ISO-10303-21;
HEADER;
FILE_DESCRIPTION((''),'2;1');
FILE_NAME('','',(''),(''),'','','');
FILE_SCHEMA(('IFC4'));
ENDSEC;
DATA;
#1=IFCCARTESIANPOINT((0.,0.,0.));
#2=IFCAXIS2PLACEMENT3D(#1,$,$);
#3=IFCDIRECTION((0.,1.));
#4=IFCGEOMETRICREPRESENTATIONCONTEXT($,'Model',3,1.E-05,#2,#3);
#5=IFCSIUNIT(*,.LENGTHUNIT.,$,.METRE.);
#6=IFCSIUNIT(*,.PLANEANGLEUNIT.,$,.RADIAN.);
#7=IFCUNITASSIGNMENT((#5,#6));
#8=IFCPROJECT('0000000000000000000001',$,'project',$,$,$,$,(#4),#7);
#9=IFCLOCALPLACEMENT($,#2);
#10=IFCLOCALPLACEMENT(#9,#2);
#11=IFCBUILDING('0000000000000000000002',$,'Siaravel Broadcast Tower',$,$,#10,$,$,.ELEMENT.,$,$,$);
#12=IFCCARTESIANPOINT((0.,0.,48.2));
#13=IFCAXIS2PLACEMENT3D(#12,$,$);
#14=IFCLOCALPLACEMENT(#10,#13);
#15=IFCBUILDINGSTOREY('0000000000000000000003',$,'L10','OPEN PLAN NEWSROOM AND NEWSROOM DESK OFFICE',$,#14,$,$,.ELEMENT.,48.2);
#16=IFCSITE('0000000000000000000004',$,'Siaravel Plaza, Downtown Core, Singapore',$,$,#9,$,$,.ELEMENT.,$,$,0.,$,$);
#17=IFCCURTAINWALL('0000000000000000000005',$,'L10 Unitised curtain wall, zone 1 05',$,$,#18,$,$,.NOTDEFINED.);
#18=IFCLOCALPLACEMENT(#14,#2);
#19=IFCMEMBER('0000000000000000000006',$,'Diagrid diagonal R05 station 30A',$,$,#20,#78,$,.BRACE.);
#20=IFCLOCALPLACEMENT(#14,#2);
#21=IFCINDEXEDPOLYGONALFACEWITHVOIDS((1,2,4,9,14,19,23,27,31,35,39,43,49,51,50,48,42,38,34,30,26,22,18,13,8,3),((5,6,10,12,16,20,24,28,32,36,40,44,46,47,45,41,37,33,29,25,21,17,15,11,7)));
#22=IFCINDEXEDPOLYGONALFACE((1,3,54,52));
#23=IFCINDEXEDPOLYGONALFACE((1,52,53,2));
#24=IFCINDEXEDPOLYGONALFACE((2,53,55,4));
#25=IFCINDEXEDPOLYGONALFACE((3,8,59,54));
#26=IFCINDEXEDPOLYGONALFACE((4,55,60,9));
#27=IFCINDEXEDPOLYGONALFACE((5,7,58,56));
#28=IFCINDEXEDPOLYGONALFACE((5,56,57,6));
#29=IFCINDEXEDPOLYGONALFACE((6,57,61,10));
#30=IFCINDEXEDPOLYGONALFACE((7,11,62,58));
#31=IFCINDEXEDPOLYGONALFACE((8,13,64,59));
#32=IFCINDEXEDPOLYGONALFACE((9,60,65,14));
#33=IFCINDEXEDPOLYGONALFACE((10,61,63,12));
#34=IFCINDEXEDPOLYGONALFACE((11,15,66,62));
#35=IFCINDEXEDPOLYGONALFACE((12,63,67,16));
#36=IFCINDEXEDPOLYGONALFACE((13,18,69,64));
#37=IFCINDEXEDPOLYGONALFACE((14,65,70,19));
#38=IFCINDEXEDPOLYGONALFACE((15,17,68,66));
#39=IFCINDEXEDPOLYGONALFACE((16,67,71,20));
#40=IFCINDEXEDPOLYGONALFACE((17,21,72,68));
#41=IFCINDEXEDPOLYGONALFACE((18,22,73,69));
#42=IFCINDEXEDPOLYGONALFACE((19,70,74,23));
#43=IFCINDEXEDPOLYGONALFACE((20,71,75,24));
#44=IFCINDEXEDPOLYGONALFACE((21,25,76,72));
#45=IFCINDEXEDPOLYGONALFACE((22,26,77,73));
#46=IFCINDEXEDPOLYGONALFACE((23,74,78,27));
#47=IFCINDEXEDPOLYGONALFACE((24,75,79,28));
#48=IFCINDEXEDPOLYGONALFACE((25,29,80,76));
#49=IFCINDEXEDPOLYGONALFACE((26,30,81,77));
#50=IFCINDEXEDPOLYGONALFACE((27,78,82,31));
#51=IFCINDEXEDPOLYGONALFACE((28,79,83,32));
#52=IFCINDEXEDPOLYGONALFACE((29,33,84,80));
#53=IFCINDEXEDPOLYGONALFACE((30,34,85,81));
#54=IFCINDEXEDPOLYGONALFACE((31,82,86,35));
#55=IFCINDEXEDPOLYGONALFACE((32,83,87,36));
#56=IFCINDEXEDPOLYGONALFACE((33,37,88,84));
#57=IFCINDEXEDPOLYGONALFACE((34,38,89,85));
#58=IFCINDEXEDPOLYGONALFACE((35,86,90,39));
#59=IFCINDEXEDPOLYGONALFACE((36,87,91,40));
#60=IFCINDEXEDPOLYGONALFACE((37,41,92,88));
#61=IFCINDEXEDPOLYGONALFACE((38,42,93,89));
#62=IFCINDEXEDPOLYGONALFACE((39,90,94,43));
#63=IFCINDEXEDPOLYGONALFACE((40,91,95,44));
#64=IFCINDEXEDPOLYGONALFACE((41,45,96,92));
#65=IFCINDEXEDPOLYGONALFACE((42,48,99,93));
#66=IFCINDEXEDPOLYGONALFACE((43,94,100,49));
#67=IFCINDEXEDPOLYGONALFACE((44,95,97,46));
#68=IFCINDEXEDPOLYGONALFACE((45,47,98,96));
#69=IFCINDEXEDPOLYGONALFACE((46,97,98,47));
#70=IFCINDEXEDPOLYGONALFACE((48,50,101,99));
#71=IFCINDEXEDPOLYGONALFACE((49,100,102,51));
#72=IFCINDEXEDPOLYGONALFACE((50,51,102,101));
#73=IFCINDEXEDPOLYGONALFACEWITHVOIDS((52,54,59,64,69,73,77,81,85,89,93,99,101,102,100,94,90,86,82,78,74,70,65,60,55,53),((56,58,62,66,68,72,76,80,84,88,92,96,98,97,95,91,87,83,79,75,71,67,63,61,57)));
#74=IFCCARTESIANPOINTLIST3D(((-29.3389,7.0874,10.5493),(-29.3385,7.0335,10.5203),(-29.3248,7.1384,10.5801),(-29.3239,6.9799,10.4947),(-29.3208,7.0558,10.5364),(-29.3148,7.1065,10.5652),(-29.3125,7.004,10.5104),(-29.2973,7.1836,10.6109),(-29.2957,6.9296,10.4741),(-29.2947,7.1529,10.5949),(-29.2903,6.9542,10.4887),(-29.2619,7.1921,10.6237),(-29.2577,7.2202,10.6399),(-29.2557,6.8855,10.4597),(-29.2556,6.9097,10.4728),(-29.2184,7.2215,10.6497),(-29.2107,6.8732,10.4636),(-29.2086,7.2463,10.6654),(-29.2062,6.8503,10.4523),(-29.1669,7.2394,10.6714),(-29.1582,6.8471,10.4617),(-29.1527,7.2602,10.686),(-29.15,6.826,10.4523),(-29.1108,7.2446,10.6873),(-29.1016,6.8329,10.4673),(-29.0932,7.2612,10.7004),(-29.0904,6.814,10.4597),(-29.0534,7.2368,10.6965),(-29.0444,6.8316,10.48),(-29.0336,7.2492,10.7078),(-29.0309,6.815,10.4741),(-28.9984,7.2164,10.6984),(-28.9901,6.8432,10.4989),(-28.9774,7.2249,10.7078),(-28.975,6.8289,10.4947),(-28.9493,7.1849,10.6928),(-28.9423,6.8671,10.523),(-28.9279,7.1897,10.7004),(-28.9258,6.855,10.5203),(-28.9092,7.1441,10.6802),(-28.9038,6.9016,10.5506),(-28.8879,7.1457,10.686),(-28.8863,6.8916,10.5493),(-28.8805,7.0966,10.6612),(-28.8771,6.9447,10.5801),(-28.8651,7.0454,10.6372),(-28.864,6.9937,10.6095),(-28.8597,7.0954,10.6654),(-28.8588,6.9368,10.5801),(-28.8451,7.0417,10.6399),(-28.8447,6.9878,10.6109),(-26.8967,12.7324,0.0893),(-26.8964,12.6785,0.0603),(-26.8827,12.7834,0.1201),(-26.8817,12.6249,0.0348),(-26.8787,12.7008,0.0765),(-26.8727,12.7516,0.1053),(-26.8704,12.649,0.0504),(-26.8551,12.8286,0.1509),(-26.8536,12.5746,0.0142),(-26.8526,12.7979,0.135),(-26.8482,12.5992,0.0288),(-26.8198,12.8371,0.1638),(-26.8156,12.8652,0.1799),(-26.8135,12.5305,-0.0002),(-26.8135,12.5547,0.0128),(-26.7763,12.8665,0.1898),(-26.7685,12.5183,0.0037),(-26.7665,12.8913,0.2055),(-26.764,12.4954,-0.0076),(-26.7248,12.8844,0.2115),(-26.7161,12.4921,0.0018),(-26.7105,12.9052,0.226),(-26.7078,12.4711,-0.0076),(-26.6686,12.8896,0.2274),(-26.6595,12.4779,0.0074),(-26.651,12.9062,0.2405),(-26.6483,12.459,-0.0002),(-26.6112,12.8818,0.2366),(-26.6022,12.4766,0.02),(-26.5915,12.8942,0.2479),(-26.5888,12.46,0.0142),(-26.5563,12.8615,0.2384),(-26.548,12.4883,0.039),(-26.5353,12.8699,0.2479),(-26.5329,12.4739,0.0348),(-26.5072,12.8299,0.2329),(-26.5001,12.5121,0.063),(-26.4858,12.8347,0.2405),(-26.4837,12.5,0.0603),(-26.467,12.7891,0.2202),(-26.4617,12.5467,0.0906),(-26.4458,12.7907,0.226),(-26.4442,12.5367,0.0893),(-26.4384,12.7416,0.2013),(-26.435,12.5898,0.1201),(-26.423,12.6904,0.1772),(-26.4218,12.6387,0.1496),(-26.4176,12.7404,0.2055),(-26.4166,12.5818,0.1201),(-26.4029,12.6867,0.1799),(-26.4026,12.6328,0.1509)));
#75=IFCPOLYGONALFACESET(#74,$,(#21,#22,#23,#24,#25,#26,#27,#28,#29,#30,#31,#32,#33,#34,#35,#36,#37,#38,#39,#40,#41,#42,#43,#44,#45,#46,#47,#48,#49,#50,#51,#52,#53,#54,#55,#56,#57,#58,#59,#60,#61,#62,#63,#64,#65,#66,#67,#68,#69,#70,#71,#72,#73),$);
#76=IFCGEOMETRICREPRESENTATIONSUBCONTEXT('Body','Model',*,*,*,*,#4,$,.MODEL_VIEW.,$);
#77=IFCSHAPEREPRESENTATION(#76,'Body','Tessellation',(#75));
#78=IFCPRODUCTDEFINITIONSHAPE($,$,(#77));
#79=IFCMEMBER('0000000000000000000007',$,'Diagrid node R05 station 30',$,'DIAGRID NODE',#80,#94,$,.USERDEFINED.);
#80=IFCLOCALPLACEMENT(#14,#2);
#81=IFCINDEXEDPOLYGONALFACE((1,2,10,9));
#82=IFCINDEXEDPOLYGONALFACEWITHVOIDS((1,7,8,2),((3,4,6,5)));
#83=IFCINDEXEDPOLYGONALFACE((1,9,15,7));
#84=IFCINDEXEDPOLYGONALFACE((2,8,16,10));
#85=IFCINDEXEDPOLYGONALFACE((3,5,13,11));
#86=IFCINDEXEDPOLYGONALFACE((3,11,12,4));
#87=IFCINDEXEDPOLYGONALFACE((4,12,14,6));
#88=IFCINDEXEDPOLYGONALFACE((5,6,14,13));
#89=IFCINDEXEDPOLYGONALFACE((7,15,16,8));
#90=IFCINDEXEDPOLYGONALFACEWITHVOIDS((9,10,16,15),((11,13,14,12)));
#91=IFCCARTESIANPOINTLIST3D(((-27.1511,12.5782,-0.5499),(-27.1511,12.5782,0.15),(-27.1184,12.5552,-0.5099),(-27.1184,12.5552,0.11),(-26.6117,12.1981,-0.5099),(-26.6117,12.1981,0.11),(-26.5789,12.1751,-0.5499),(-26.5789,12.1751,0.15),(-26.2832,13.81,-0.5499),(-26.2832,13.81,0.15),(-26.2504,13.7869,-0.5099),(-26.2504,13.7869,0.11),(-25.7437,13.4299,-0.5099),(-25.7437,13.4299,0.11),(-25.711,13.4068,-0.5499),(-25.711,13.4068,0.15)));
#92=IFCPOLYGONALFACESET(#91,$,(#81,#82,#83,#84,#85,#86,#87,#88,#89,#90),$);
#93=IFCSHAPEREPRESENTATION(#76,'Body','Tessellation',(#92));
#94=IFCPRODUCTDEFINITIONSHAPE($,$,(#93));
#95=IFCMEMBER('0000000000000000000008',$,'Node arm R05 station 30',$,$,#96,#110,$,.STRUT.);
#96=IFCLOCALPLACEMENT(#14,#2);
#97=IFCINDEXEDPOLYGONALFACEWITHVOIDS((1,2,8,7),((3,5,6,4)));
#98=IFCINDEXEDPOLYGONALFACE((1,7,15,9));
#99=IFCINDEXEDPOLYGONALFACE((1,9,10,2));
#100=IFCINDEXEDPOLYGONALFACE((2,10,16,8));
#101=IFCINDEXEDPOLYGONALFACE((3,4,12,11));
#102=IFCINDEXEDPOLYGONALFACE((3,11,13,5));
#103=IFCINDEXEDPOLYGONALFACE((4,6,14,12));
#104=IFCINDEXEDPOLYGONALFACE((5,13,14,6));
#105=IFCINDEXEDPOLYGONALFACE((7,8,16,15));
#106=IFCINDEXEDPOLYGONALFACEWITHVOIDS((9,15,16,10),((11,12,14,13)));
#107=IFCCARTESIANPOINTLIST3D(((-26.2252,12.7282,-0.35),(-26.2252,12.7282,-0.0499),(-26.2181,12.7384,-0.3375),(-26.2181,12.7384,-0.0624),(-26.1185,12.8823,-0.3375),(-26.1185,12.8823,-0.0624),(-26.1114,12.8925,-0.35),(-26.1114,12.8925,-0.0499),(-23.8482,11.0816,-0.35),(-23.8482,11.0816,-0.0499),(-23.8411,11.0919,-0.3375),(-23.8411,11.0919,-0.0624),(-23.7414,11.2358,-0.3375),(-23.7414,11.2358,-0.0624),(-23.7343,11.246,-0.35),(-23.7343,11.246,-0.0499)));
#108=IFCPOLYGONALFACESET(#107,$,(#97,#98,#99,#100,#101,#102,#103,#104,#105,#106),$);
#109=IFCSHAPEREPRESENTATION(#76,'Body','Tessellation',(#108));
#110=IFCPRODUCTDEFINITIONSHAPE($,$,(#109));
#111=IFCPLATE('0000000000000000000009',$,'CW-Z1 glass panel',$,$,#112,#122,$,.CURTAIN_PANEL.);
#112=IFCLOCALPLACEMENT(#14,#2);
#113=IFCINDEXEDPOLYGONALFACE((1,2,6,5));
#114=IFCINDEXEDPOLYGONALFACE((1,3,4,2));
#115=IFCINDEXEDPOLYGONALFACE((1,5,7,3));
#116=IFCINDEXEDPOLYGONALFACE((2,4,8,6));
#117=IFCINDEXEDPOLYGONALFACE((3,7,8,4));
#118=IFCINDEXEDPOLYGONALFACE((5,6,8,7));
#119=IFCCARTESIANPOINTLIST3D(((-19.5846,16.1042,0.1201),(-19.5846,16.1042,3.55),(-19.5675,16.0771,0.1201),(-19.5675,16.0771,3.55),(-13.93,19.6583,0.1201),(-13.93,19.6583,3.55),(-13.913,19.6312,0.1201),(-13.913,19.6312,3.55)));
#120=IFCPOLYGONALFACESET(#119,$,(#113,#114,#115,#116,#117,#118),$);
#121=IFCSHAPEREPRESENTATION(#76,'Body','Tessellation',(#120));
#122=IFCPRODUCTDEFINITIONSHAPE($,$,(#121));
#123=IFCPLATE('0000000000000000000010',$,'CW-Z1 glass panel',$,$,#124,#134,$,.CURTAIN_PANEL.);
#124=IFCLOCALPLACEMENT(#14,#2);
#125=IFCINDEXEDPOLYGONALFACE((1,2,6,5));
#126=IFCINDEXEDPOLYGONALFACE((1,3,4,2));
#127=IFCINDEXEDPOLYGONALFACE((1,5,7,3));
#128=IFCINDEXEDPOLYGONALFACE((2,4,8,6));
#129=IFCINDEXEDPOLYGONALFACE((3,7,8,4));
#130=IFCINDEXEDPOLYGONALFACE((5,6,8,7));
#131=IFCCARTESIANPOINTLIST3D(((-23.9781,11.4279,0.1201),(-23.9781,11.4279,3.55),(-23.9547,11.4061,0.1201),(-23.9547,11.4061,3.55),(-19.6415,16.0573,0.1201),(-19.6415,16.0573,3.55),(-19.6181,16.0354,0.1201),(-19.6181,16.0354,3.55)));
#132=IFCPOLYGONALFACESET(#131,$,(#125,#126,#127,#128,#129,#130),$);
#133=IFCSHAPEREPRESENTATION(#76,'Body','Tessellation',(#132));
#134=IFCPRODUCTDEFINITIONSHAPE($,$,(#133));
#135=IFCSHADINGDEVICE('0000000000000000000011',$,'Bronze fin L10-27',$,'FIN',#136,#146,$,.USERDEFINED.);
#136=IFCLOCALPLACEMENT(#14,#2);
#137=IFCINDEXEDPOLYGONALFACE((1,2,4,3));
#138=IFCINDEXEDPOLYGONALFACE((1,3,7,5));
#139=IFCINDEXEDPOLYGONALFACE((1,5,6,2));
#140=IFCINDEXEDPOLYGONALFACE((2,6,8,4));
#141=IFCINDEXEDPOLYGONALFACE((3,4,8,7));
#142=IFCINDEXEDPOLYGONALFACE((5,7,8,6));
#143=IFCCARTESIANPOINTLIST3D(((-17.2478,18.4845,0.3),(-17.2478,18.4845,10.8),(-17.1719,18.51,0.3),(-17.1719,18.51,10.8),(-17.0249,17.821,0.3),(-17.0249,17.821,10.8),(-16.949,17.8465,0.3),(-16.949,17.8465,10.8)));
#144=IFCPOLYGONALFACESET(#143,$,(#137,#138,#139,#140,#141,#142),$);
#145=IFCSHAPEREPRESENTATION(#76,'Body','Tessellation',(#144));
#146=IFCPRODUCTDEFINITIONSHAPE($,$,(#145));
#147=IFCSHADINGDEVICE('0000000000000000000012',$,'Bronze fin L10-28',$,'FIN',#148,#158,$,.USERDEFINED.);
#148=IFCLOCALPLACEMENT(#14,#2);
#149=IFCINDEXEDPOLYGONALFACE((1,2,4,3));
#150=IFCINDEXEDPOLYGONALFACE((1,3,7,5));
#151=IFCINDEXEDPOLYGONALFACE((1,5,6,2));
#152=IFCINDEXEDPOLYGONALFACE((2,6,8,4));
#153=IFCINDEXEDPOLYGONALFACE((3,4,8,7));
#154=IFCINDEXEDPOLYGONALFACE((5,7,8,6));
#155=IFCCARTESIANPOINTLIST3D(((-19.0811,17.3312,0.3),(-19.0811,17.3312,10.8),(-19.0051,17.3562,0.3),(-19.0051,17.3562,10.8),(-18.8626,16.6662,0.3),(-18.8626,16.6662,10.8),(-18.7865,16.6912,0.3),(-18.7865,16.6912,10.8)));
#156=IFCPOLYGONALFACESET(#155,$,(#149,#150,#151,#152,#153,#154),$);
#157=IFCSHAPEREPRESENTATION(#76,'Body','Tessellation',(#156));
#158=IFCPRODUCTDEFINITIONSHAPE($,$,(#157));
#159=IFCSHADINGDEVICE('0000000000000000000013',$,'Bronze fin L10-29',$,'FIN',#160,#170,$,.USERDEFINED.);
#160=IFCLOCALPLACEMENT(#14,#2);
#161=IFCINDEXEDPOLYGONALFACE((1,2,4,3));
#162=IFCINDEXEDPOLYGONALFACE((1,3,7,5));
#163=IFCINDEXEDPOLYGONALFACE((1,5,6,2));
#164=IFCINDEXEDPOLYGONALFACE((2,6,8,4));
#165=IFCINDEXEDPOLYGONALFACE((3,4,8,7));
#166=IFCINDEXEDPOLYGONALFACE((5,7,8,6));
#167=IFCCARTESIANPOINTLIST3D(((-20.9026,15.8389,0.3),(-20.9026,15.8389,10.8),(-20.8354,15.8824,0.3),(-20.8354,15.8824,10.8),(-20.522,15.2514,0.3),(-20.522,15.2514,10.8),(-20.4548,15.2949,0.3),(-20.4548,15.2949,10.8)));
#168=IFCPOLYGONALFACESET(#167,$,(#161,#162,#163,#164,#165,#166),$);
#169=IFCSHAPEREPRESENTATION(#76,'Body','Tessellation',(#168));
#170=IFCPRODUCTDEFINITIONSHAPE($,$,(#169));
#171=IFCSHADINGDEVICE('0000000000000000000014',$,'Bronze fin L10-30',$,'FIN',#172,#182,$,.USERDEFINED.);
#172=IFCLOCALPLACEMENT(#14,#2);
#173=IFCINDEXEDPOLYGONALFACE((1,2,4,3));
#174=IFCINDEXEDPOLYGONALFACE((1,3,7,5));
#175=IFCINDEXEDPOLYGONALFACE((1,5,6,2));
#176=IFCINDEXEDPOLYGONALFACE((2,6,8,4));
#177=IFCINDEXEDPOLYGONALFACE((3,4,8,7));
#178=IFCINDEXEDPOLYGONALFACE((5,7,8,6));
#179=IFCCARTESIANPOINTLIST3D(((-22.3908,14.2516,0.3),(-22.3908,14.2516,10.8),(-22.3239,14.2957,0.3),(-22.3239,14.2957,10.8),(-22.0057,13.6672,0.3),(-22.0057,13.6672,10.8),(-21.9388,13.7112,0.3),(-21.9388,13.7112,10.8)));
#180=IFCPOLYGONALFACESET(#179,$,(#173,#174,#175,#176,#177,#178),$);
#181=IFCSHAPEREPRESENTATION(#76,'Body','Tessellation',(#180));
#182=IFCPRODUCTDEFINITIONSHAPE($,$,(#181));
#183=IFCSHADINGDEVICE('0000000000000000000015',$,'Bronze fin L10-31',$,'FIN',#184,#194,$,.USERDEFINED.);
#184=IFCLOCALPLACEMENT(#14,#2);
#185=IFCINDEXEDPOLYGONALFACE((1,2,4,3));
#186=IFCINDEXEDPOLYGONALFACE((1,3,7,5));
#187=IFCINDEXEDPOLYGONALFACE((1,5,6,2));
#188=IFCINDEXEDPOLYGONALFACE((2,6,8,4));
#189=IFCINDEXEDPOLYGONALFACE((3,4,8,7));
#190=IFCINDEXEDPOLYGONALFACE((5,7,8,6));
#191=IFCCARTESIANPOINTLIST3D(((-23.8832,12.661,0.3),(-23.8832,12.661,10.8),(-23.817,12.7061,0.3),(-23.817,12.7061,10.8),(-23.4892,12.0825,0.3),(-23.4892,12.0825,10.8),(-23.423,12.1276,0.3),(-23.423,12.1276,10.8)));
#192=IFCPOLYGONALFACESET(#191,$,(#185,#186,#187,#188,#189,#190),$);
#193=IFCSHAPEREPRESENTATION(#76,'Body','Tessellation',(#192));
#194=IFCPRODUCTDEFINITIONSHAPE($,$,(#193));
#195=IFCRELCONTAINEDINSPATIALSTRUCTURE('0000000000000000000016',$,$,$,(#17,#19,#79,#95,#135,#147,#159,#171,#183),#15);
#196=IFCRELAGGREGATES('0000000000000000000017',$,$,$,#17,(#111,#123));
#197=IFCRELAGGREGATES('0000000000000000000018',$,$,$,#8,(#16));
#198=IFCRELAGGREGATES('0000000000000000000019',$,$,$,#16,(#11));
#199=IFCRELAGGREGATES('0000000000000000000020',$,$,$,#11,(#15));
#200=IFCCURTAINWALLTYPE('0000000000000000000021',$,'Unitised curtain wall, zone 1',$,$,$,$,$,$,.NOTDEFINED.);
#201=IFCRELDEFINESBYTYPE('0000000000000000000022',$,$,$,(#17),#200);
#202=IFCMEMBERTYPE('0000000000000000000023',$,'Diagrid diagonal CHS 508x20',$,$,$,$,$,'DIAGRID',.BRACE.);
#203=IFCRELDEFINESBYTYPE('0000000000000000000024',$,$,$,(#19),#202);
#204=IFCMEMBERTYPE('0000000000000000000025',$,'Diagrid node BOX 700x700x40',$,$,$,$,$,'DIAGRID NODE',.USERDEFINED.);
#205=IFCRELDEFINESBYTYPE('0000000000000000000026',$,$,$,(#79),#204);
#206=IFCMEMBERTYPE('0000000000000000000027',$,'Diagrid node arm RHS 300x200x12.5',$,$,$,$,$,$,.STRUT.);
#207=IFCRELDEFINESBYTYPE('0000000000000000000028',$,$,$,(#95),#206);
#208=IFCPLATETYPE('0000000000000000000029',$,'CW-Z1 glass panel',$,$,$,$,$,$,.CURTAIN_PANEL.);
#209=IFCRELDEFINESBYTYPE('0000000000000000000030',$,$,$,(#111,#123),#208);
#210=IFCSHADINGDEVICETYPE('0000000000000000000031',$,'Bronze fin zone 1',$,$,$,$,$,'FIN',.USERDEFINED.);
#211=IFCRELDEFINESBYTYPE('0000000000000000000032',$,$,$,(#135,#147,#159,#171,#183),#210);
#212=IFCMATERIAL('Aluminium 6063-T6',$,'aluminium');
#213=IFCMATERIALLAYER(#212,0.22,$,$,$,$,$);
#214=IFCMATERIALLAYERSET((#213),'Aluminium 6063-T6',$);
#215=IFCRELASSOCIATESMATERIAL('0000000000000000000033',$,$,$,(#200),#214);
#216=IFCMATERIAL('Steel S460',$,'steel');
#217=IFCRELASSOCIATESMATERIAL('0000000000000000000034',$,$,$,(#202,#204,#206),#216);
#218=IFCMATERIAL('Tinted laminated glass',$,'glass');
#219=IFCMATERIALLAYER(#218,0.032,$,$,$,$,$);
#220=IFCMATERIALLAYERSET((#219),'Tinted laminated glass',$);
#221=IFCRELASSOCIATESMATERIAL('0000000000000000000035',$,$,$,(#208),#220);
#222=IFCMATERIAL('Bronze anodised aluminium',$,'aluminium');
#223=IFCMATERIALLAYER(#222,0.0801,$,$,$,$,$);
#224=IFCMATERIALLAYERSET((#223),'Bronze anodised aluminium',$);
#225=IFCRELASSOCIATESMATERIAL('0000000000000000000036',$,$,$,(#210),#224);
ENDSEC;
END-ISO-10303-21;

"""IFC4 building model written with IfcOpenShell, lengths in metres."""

from ifc_helpers import new_model, si_unit, direction, frame, origin, origin_2d, place, context, subcontext, project, spatial, rectangle, hollow_rectangle, hollow_circle, extrude, material, layer, layer_set, material_profile, profile_set, type_object, element, aggregate, save


model = new_model("IFC4")

# Units and contexts
model_context = context("Model", 3, precision=1e-05, world=origin(), true_north=direction((0.0, 1.0)))
body_context = subcontext(model_context, "Body", "Model", "MODEL_VIEW")
ifc_project = project(units=[si_unit("LENGTHUNIT", "METRE"), si_unit("PLANEANGLEUNIT", "RADIAN")], contexts=[model_context])

# Site, building, storey
site_placement = place(None, origin())
site = spatial("IfcSite", under=ifc_project, at=site_placement, Name="Siaravel Plaza, Downtown Core, Singapore", CompositionType="ELEMENT", RefElevation=0.0)
building_placement = place(site_placement, origin())
building = spatial("IfcBuilding", under=site, at=building_placement, Name="Siaravel Broadcast Tower", CompositionType="ELEMENT")
storey_placement = place(building_placement, frame((0.0, 0.0, 48.2)))
storey = spatial("IfcBuildingStorey", under=building, at=storey_placement, Name="L10", Description="OPEN PLAN NEWSROOM AND NEWSROOM DESK OFFICE", CompositionType="ELEMENT", Elevation=48.2)

# Curtain wall
ifc_material_1 = material(Name="Aluminium 6063-T6", Category="aluminium")
ifc_layer_1 = layer(ifc_material_1, 0.22)
ifc_layer_set_1 = layer_set([ifc_layer_1], Name="Aluminium 6063-T6")
curtain_wall_type = type_object("IfcCurtainWallType", Name="Unitised curtain wall, zone 1", PredefinedType="NOTDEFINED", material=ifc_layer_set_1)
curtain_wall_1_placement = place(storey_placement, origin())
curtain_wall_1 = element("IfcCurtainWall", 1, at=curtain_wall_1_placement, inside=storey, type_object=curtain_wall_type, Name="L10 Unitised curtain wall, zone 1 05", PredefinedType="NOTDEFINED")

# Members
ifc_material_2 = material(Name="Steel S460", Category="steel")
ifc_material_profile_1 = material_profile(ifc_material_2, hollow_circle(Radius=0.2539, WallThickness=0.02, at=origin_2d()))
ifc_profile_set_1 = profile_set([ifc_material_profile_1], Name="Steel S460")
member_type_1 = type_object("IfcMemberType", Name="Diagrid diagonal CHS 508x20", ElementType="DIAGRID", PredefinedType="BRACE", material=ifc_profile_set_1)
member_1_placement = place(storey_placement, frame((-26.6497, 12.6826, 0.1201), z_axis=(-0.201259, -0.465212, 0.862017), x_axis=(0.917795, -0.397055, 0.0)))
element("IfcMember", 2, at=member_1_placement, inside=storey, type_object=member_type_1, Name="Diagrid diagonal R05 station 30A", PredefinedType="BRACE", context=body_context, shape_type="SweptSolid", body=[
    extrude(hollow_circle(Radius=0.2539, WallThickness=0.02, at=origin_2d()), origin(), (0.0, 0.0, 1.0), 12.1343),
])
ifc_material_profile_2 = material_profile(ifc_material_2, hollow_rectangle(XDim=0.7, YDim=0.7, WallThickness=0.04, at=origin_2d()))
ifc_profile_set_2 = profile_set([ifc_material_profile_2], Name="Steel S460")
member_type_2 = type_object("IfcMemberType", Name="Diagrid node BOX 700x700x40", ElementType="DIAGRID NODE", PredefinedType="USERDEFINED", material=ifc_profile_set_2)
member_2_placement = place(storey_placement, frame((-25.9971, 13.6084, -0.2), z_axis=(-0.576015, -0.817439, 0.0), x_axis=(0.817439, -0.576015, 0.0)))
element("IfcMember", 3, at=member_2_placement, inside=storey, type_object=member_type_2, Name="Diagrid node R05 station 30", ObjectType="DIAGRID NODE", PredefinedType="USERDEFINED", context=body_context, shape_type="SweptSolid", body=[
    extrude(hollow_rectangle(XDim=0.7, YDim=0.7, WallThickness=0.04, at=origin_2d()), origin(), (0.0, 0.0, 1.0), 1.5068),
])
ifc_material_profile_3 = material_profile(ifc_material_2, hollow_rectangle(XDim=0.2, YDim=0.3, WallThickness=0.0125, at=origin_2d()))
ifc_profile_set_3 = profile_set([ifc_material_profile_3], Name="Steel S460")
member_type_3 = type_object("IfcMemberType", Name="Diagrid node arm RHS 300x200x12.5", PredefinedType="STRUT", material=ifc_profile_set_3)
member_3_placement = place(storey_placement, frame((-23.7913, 11.1638, -0.2), z_axis=(-0.822046, 0.569421, 0.0), x_axis=(-0.569421, -0.822046, 0.0)))
element("IfcMember", 4, at=member_3_placement, inside=storey, type_object=member_type_3, Name="Node arm R05 station 30", PredefinedType="STRUT", context=body_context, shape_type="SweptSolid", body=[
    extrude(hollow_rectangle(XDim=0.2, YDim=0.3, WallThickness=0.0125, at=origin_2d()), origin(), (0.0, 0.0, 1.0), 2.8916),
])

# Plates
ifc_material_3 = material(Name="Tinted laminated glass", Category="glass")
ifc_layer_2 = layer(ifc_material_3, 0.032)
ifc_layer_set_2 = layer_set([ifc_layer_2], Name="Tinted laminated glass")
plate_type = type_object("IfcPlateType", Name="CW-Z1 glass panel", PredefinedType="CURTAIN_PANEL", material=ifc_layer_set_2)
plate_1_placement = place(storey_placement, frame((-16.7488, 17.8677, 0.1201), z_axis=(0.0, 0.0, 1.0), x_axis=(-0.846651, -0.532149, 0.0)))
plate_1 = element("IfcPlate", 5, at=plate_1_placement, type_object=plate_type, Name="CW-Z1 glass panel", PredefinedType="CURTAIN_PANEL", context=body_context, shape_type="SweptSolid", body=[
    extrude(rectangle(XDim=6.6787, YDim=0.032, at=origin_2d()), origin(), (0.0, 0.0, 1.0), 3.4299),
])
plate_2_placement = place(storey_placement, frame((-21.7981, 13.7317, 0.1201), z_axis=(0.0, 0.0, 1.0), x_axis=(-0.683655, -0.729805, 0.0)))
plate_2 = element("IfcPlate", 6, at=plate_2_placement, type_object=plate_type, Name="CW-Z1 glass panel", PredefinedType="CURTAIN_PANEL", context=body_context, shape_type="SweptSolid", body=[
    extrude(rectangle(XDim=6.3433, YDim=0.032, at=origin_2d()), origin(), (0.0, 0.0, 1.0), 3.4299),
])
aggregate(curtain_wall_1, [plate_1, plate_2])

# Shading devices
ifc_material_4 = material(Name="Bronze anodised aluminium", Category="aluminium")
ifc_layer_3 = layer(ifc_material_4, 0.0801)
ifc_layer_set_3 = layer_set([ifc_layer_3], Name="Bronze anodised aluminium")
shading_device_type = type_object("IfcShadingDeviceType", Name="Bronze fin zone 1", ElementType="FIN", PredefinedType="USERDEFINED", material=ifc_layer_set_3)
for number, where, z_axis, x_axis, name in (
    (7, (-17.0984, 18.1655, 0.3), (0.0, 0.0, 1.0), (-0.318397, 0.947958, 0.0), "Bronze fin L10-27"),
    (8, (-18.9338, 17.0112, 0.3), (0.0, 0.0, 1.0), (-0.312192, 0.950019, 0.0), "Bronze fin L10-28"),
    (9, (-20.6787, 15.5669, 0.3), (0.0, 0.0, 1.0), (-0.543659, 0.839306, 0.0), "Bronze fin L10-29"),
    (10, (-22.1648, 13.9814, 0.3), (0.0, 0.0, 1.0), (-0.550252, 0.834999, 0.0), "Bronze fin L10-30"),
    (11, (-23.6531, 12.3943, 0.3), (0.0, 0.0, 1.0), (-0.562883, 0.826537, 0.0), "Bronze fin L10-31"),
):
    element("IfcShadingDevice", number, at=place(storey_placement, frame(where, z_axis=z_axis, x_axis=x_axis)), inside=storey, type_object=shading_device_type, Name=name, ObjectType="FIN", PredefinedType="USERDEFINED", context=body_context, shape_type="SweptSolid", body=[
        extrude(rectangle(XDim=0.7, YDim=0.0801, at=origin_2d()), origin(), (0.0, 0.0, 1.0), 10.5),
    ])

save(model, "model.ifc")
